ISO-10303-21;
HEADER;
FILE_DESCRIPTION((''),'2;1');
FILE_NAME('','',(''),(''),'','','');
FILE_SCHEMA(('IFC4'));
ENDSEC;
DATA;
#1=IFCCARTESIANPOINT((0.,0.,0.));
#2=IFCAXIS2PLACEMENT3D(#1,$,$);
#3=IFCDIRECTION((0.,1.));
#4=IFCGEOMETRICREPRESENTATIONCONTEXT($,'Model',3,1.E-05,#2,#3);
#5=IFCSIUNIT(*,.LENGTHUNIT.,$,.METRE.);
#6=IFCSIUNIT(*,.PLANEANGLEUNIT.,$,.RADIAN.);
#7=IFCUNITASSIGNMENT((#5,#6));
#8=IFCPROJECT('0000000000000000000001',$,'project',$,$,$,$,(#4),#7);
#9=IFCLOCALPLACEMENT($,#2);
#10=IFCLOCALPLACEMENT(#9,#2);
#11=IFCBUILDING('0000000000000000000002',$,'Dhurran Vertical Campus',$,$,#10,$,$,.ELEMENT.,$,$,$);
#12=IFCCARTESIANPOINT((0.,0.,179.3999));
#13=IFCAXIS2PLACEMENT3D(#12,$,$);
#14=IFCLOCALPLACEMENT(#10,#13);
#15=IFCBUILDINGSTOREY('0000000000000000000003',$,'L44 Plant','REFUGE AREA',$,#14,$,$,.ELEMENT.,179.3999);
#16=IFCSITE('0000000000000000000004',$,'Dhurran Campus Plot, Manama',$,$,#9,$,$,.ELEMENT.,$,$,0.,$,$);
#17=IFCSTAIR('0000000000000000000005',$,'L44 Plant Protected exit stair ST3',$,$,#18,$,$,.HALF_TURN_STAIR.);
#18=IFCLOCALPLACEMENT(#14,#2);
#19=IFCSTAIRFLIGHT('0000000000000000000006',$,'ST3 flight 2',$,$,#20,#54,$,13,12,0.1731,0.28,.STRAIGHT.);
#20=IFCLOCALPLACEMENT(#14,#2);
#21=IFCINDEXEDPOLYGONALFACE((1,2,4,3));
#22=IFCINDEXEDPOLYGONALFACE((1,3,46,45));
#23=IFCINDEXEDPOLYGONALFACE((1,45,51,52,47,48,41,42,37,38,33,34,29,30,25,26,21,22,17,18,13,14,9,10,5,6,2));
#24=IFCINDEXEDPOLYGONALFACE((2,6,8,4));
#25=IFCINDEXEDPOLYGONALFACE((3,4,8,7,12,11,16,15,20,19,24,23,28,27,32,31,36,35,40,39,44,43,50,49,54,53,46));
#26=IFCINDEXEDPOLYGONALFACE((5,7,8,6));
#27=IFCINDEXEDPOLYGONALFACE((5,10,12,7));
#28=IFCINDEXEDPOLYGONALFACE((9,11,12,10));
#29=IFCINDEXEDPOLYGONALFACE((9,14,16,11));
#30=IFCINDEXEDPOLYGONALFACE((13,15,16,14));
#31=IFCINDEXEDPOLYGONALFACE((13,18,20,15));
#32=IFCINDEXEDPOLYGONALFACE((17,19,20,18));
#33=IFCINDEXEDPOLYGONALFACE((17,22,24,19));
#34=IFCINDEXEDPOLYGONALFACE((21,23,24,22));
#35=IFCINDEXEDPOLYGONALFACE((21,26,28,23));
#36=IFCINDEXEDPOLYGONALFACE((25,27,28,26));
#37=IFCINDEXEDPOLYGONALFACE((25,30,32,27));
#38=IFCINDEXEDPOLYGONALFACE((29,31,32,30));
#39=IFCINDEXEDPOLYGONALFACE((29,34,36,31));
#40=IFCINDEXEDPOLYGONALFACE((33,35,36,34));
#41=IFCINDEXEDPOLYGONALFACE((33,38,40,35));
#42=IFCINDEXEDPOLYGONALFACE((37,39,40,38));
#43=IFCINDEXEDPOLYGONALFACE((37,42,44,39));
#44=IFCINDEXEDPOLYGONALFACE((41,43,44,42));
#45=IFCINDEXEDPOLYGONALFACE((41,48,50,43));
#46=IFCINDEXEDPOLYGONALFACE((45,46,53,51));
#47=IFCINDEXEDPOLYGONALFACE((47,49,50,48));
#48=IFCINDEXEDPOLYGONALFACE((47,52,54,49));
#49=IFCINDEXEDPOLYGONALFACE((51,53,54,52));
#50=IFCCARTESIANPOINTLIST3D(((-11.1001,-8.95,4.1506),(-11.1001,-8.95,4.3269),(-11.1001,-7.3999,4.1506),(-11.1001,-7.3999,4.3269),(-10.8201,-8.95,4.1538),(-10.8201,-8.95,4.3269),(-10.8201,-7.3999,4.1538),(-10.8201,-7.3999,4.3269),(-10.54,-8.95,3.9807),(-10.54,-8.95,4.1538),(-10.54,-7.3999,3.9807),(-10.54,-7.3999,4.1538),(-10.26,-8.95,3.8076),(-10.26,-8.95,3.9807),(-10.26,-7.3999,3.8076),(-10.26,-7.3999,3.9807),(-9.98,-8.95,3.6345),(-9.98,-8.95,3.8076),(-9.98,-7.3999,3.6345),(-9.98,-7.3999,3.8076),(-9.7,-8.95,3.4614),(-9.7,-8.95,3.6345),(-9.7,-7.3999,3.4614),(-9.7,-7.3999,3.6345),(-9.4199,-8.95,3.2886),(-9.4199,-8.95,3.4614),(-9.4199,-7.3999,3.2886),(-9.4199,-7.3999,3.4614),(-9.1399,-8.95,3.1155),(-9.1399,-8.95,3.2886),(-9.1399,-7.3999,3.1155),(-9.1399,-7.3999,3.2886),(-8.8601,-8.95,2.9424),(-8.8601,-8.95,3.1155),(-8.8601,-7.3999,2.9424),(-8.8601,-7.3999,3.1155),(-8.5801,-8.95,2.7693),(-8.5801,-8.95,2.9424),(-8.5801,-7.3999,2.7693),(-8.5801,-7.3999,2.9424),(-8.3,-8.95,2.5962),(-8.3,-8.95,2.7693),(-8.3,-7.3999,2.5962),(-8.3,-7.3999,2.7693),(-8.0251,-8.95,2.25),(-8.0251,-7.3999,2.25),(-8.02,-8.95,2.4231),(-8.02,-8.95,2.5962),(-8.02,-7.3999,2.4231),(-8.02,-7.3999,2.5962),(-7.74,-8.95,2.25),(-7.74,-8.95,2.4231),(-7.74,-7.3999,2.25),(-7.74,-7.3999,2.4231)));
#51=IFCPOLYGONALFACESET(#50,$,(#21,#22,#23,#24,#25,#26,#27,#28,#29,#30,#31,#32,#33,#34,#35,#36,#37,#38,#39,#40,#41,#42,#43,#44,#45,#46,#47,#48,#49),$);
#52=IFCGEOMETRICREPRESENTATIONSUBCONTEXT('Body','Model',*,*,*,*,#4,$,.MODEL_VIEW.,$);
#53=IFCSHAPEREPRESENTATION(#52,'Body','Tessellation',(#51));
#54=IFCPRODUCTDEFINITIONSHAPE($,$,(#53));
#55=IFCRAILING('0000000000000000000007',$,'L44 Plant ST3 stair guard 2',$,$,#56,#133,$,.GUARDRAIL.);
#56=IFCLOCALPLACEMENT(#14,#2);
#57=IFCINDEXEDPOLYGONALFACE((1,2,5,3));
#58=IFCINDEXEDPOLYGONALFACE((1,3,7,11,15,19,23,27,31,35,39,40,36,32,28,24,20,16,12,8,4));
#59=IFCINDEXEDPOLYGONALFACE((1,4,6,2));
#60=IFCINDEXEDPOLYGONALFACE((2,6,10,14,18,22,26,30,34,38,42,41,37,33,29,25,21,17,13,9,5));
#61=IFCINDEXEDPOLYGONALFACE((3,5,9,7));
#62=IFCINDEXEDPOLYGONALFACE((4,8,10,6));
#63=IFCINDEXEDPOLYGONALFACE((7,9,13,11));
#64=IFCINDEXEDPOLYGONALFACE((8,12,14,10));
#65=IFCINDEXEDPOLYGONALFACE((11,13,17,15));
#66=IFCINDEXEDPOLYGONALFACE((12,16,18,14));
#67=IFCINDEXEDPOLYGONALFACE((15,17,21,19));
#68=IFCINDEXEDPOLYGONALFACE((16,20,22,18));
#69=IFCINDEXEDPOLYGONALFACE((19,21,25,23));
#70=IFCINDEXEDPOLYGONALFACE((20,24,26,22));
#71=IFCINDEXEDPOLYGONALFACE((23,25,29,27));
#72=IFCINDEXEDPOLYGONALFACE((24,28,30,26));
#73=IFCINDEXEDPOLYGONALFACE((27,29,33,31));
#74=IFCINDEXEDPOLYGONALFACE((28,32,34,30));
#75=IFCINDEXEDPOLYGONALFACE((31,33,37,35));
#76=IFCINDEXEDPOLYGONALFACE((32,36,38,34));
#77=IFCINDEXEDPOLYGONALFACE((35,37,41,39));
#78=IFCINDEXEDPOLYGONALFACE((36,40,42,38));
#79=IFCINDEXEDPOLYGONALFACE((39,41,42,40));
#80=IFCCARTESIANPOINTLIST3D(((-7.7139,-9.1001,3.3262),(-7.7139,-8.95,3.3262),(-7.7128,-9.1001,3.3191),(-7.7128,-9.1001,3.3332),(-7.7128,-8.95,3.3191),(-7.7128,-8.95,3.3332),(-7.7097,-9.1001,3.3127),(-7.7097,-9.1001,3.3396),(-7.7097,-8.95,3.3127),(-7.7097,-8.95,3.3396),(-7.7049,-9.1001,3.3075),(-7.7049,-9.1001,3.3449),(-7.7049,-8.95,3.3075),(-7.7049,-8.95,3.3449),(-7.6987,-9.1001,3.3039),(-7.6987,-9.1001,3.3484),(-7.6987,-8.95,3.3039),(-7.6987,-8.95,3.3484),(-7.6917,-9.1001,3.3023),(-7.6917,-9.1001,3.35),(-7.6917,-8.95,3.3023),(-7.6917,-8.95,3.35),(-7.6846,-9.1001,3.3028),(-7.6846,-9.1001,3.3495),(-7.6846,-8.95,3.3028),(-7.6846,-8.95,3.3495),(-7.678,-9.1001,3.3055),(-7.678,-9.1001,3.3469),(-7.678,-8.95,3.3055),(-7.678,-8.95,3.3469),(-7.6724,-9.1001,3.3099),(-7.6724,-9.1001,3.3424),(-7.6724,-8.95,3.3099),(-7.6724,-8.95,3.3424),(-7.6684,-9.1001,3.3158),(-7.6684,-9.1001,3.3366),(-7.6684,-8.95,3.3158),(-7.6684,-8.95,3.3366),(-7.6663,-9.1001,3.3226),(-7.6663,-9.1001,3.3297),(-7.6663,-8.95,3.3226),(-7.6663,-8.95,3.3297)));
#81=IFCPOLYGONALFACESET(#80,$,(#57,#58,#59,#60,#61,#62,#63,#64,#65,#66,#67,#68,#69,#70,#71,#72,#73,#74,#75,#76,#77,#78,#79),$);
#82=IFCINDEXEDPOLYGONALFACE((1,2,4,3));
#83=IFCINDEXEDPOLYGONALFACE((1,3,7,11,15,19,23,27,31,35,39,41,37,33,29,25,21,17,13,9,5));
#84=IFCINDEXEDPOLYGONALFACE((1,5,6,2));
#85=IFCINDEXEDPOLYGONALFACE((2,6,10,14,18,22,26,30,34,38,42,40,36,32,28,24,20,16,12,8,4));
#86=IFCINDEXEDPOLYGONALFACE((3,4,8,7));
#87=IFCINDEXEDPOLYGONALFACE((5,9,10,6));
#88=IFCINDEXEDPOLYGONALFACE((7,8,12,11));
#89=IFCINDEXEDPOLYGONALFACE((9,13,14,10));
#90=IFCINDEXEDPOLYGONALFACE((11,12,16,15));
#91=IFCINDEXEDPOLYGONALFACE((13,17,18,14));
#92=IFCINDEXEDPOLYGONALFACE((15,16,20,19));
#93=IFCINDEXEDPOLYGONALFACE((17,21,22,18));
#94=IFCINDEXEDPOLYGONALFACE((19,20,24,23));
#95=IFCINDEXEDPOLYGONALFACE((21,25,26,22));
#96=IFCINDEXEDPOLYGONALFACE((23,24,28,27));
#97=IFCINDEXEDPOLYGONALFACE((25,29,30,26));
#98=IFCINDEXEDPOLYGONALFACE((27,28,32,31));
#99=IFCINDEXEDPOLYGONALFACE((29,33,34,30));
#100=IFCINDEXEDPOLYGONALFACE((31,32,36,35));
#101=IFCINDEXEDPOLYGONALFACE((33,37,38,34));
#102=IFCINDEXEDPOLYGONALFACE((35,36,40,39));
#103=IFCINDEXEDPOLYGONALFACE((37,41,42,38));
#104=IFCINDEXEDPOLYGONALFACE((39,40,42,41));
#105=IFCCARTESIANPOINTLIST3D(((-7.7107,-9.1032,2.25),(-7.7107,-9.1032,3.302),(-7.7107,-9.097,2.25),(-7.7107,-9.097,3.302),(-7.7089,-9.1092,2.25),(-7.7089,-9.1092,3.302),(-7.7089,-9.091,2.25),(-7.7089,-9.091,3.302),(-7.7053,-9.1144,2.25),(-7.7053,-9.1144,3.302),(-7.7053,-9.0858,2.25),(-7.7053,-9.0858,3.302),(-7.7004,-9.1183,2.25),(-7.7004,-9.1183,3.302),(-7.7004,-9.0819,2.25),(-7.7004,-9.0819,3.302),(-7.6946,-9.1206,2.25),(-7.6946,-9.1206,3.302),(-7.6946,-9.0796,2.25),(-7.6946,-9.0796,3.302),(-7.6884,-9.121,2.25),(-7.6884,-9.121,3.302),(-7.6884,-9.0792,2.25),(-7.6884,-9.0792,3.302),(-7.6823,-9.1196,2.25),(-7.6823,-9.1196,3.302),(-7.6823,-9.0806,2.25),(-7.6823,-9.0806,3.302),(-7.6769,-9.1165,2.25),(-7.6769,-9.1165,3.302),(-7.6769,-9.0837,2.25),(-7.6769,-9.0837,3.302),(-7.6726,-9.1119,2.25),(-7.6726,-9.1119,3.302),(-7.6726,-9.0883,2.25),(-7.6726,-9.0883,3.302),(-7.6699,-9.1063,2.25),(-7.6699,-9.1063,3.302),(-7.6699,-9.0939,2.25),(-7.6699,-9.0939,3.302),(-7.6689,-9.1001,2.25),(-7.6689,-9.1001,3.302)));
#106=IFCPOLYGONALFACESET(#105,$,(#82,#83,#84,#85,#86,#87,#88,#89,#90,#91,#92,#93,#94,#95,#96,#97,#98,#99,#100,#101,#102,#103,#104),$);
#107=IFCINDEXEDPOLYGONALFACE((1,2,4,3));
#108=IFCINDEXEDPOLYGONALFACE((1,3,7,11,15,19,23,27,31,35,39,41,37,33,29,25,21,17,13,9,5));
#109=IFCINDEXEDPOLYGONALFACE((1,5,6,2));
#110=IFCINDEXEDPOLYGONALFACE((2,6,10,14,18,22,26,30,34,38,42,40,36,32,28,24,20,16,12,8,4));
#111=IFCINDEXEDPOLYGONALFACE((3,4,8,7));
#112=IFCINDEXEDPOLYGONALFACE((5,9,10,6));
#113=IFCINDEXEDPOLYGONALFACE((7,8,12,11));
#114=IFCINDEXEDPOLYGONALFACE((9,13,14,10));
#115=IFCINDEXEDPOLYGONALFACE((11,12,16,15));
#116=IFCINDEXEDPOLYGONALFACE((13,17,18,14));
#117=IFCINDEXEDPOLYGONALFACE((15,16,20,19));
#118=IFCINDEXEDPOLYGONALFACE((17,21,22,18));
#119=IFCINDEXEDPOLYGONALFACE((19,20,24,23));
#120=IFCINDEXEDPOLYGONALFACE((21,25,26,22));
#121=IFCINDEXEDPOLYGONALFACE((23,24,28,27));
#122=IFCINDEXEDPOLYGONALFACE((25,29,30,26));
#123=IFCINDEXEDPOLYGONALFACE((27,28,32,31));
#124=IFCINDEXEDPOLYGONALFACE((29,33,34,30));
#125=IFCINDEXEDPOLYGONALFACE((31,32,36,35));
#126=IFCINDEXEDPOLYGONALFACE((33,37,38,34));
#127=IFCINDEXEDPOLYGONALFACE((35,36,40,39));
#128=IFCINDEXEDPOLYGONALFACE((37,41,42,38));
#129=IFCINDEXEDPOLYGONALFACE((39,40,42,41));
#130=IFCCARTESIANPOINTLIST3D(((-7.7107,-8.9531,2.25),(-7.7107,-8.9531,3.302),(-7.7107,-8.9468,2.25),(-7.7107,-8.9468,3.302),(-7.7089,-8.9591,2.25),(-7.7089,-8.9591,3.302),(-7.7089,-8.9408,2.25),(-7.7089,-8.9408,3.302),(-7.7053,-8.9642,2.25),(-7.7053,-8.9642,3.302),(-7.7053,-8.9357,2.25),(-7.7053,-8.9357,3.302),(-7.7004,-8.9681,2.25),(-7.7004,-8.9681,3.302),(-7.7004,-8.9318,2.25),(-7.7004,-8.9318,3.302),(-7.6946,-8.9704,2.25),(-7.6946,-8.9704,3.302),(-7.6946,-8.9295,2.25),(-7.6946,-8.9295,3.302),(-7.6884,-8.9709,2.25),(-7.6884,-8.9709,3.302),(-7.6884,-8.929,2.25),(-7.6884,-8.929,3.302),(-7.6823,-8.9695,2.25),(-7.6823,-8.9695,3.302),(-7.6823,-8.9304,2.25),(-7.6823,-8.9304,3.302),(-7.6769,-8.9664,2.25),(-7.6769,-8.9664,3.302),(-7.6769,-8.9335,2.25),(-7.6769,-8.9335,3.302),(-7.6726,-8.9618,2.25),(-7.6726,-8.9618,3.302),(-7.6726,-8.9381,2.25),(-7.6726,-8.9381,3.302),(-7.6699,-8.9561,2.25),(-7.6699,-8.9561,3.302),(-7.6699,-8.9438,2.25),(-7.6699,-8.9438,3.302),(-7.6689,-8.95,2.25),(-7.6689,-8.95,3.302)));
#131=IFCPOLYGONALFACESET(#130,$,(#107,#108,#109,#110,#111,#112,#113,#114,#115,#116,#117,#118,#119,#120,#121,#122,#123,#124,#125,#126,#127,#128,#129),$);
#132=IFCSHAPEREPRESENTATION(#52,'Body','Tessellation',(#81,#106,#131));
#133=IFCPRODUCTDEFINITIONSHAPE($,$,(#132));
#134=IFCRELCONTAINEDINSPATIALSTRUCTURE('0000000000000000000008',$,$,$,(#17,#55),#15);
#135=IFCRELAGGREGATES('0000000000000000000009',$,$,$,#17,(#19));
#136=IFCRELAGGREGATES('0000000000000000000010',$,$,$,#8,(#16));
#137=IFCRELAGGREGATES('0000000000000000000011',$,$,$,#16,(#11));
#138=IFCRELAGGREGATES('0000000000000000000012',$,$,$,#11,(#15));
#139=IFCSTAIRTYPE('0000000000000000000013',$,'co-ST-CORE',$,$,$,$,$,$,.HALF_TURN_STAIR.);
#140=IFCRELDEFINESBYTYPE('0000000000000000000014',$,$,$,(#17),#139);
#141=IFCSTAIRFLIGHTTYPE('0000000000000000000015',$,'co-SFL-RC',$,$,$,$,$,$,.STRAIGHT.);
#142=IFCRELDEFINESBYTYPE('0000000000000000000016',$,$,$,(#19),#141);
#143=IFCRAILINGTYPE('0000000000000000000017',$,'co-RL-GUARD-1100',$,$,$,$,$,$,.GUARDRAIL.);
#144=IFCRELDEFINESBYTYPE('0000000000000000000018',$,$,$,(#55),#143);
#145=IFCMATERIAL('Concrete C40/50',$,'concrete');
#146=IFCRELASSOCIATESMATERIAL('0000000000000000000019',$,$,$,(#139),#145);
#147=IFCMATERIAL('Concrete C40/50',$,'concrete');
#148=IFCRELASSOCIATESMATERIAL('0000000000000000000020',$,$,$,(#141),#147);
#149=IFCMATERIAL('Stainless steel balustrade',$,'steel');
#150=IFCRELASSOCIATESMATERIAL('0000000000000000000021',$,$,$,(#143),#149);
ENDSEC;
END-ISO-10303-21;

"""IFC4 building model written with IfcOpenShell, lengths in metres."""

from ifc_helpers import new_model, si_unit, direction, frame, origin, origin_2d, place, context, subcontext, project, spatial, polyline, circle, outline, extrude, material, type_object, element, aggregate, save


model = new_model("IFC4")

# Units and contexts
model_context = context("Model", 3, precision=1e-05, world=origin(), true_north=direction((0.0, 1.0)))
body_context = subcontext(model_context, "Body", "Model", "MODEL_VIEW")
ifc_project = project(units=[si_unit("LENGTHUNIT", "METRE"), si_unit("PLANEANGLEUNIT", "RADIAN")], contexts=[model_context])

# Site, building, storey
site_placement = place(None, origin())
site = spatial("IfcSite", under=ifc_project, at=site_placement, Name="Dhurran Campus Plot, Manama", CompositionType="ELEMENT", RefElevation=0.0)
building_placement = place(site_placement, origin())
building = spatial("IfcBuilding", under=site, at=building_placement, Name="Dhurran Vertical Campus", CompositionType="ELEMENT")
storey_placement = place(building_placement, frame((0.0, 0.0, 179.3999)))
storey = spatial("IfcBuildingStorey", under=building, at=storey_placement, Name="L44 Plant", Description="REFUGE AREA", CompositionType="ELEMENT", Elevation=179.3999)

# Stair, stair flight
ifc_material_1 = material(Name="Concrete C40/50", Category="concrete")
stair_type = type_object("IfcStairType", Name="co-ST-CORE", PredefinedType="HALF_TURN_STAIR", material=ifc_material_1)
stair_placement = place(storey_placement, origin())
stair = element("IfcStair", 1, at=stair_placement, inside=storey, type_object=stair_type, Name="L44 Plant Protected exit stair ST3", PredefinedType="HALF_TURN_STAIR")
ifc_material_2 = material(Name="Concrete C40/50", Category="concrete")
stair_flight_type = type_object("IfcStairFlightType", Name="co-SFL-RC", PredefinedType="STRAIGHT", material=ifc_material_2)
stair_flight_placement = place(storey_placement, frame((-7.74, -8.175, 2.25), z_axis=(0.0, 0.0, 1.0), x_axis=(-1.0, 0.0, 0.0)))
stair_flight = element("IfcStairFlight", 2, at=stair_flight_placement, type_object=stair_flight_type, Name="ST3 flight 2", NumberOfRisers=13, NumberOfTreads=12, PredefinedType="STRAIGHT", RiserHeight=0.1731, TreadLength=0.28, context=body_context, shape_type="SweptSolid", body=[
    extrude(outline(polyline([(0.0, 0.0), (0.0, 0.1731), (0.28, 0.1731), (0.28, 0.3462), (0.5601, 0.3462), (0.5601, 0.5193), (0.8401, 0.5193), (0.8401, 0.6924), (1.1201, 0.6924), (1.1201, 0.8655), (1.3999, 0.8655), (1.3999, 1.0386), (1.6799, 1.0386), (1.6799, 1.2114), (1.96, 1.2114), (1.96, 1.3845), (2.24, 1.3845), (2.24, 1.5576), (2.52, 1.5576), (2.52, 1.7307), (2.8, 1.7307), (2.8, 1.9038), (3.0801, 1.9038), (3.0801, 2.0769), (3.3601, 2.0769), (3.3601, 2.25), (3.3601, 1.9006), (0.2852, 0.0), (0.0, 0.0)])), frame((0.0, 0.7749, 0.0), z_axis=(0.0, -1.0, 0.0), x_axis=(1.0, 0.0, 0.0)), (0.0, 0.0, 1.0), 1.55),
])
aggregate(stair, [stair_flight])

# Railing
ifc_material_3 = material(Name="Stainless steel balustrade", Category="steel")
railing_type_1 = type_object("IfcRailingType", Name="co-RL-GUARD-1100", PredefinedType="GUARDRAIL", material=ifc_material_3)
railing_1_placement = place(storey_placement, frame((-7.6899, -9.1001, 2.25)))
element("IfcRailing", 3, at=railing_1_placement, inside=storey, type_object=railing_type_1, Name="L44 Plant ST3 stair guard 2", PredefinedType="GUARDRAIL", context=body_context, shape_type="SweptSolid", body=[
    extrude(circle(Radius=0.0239, at=origin_2d()), frame((0.0, 0.0, 1.0762), z_axis=(0.0, 1.0, 0.0), x_axis=(-1.0, 0.0, 0.0)), (0.0, 0.0, 1.0), 0.1501),
    extrude(circle(Radius=0.021, at=origin_2d()), origin(), (0.0, 0.0, 1.0), 1.052),
    extrude(circle(Radius=0.021, at=origin_2d()), frame((0.0, 0.1501, 0.0)), (0.0, 0.0, 1.0), 1.052),
])

save(model, "model.ifc")
